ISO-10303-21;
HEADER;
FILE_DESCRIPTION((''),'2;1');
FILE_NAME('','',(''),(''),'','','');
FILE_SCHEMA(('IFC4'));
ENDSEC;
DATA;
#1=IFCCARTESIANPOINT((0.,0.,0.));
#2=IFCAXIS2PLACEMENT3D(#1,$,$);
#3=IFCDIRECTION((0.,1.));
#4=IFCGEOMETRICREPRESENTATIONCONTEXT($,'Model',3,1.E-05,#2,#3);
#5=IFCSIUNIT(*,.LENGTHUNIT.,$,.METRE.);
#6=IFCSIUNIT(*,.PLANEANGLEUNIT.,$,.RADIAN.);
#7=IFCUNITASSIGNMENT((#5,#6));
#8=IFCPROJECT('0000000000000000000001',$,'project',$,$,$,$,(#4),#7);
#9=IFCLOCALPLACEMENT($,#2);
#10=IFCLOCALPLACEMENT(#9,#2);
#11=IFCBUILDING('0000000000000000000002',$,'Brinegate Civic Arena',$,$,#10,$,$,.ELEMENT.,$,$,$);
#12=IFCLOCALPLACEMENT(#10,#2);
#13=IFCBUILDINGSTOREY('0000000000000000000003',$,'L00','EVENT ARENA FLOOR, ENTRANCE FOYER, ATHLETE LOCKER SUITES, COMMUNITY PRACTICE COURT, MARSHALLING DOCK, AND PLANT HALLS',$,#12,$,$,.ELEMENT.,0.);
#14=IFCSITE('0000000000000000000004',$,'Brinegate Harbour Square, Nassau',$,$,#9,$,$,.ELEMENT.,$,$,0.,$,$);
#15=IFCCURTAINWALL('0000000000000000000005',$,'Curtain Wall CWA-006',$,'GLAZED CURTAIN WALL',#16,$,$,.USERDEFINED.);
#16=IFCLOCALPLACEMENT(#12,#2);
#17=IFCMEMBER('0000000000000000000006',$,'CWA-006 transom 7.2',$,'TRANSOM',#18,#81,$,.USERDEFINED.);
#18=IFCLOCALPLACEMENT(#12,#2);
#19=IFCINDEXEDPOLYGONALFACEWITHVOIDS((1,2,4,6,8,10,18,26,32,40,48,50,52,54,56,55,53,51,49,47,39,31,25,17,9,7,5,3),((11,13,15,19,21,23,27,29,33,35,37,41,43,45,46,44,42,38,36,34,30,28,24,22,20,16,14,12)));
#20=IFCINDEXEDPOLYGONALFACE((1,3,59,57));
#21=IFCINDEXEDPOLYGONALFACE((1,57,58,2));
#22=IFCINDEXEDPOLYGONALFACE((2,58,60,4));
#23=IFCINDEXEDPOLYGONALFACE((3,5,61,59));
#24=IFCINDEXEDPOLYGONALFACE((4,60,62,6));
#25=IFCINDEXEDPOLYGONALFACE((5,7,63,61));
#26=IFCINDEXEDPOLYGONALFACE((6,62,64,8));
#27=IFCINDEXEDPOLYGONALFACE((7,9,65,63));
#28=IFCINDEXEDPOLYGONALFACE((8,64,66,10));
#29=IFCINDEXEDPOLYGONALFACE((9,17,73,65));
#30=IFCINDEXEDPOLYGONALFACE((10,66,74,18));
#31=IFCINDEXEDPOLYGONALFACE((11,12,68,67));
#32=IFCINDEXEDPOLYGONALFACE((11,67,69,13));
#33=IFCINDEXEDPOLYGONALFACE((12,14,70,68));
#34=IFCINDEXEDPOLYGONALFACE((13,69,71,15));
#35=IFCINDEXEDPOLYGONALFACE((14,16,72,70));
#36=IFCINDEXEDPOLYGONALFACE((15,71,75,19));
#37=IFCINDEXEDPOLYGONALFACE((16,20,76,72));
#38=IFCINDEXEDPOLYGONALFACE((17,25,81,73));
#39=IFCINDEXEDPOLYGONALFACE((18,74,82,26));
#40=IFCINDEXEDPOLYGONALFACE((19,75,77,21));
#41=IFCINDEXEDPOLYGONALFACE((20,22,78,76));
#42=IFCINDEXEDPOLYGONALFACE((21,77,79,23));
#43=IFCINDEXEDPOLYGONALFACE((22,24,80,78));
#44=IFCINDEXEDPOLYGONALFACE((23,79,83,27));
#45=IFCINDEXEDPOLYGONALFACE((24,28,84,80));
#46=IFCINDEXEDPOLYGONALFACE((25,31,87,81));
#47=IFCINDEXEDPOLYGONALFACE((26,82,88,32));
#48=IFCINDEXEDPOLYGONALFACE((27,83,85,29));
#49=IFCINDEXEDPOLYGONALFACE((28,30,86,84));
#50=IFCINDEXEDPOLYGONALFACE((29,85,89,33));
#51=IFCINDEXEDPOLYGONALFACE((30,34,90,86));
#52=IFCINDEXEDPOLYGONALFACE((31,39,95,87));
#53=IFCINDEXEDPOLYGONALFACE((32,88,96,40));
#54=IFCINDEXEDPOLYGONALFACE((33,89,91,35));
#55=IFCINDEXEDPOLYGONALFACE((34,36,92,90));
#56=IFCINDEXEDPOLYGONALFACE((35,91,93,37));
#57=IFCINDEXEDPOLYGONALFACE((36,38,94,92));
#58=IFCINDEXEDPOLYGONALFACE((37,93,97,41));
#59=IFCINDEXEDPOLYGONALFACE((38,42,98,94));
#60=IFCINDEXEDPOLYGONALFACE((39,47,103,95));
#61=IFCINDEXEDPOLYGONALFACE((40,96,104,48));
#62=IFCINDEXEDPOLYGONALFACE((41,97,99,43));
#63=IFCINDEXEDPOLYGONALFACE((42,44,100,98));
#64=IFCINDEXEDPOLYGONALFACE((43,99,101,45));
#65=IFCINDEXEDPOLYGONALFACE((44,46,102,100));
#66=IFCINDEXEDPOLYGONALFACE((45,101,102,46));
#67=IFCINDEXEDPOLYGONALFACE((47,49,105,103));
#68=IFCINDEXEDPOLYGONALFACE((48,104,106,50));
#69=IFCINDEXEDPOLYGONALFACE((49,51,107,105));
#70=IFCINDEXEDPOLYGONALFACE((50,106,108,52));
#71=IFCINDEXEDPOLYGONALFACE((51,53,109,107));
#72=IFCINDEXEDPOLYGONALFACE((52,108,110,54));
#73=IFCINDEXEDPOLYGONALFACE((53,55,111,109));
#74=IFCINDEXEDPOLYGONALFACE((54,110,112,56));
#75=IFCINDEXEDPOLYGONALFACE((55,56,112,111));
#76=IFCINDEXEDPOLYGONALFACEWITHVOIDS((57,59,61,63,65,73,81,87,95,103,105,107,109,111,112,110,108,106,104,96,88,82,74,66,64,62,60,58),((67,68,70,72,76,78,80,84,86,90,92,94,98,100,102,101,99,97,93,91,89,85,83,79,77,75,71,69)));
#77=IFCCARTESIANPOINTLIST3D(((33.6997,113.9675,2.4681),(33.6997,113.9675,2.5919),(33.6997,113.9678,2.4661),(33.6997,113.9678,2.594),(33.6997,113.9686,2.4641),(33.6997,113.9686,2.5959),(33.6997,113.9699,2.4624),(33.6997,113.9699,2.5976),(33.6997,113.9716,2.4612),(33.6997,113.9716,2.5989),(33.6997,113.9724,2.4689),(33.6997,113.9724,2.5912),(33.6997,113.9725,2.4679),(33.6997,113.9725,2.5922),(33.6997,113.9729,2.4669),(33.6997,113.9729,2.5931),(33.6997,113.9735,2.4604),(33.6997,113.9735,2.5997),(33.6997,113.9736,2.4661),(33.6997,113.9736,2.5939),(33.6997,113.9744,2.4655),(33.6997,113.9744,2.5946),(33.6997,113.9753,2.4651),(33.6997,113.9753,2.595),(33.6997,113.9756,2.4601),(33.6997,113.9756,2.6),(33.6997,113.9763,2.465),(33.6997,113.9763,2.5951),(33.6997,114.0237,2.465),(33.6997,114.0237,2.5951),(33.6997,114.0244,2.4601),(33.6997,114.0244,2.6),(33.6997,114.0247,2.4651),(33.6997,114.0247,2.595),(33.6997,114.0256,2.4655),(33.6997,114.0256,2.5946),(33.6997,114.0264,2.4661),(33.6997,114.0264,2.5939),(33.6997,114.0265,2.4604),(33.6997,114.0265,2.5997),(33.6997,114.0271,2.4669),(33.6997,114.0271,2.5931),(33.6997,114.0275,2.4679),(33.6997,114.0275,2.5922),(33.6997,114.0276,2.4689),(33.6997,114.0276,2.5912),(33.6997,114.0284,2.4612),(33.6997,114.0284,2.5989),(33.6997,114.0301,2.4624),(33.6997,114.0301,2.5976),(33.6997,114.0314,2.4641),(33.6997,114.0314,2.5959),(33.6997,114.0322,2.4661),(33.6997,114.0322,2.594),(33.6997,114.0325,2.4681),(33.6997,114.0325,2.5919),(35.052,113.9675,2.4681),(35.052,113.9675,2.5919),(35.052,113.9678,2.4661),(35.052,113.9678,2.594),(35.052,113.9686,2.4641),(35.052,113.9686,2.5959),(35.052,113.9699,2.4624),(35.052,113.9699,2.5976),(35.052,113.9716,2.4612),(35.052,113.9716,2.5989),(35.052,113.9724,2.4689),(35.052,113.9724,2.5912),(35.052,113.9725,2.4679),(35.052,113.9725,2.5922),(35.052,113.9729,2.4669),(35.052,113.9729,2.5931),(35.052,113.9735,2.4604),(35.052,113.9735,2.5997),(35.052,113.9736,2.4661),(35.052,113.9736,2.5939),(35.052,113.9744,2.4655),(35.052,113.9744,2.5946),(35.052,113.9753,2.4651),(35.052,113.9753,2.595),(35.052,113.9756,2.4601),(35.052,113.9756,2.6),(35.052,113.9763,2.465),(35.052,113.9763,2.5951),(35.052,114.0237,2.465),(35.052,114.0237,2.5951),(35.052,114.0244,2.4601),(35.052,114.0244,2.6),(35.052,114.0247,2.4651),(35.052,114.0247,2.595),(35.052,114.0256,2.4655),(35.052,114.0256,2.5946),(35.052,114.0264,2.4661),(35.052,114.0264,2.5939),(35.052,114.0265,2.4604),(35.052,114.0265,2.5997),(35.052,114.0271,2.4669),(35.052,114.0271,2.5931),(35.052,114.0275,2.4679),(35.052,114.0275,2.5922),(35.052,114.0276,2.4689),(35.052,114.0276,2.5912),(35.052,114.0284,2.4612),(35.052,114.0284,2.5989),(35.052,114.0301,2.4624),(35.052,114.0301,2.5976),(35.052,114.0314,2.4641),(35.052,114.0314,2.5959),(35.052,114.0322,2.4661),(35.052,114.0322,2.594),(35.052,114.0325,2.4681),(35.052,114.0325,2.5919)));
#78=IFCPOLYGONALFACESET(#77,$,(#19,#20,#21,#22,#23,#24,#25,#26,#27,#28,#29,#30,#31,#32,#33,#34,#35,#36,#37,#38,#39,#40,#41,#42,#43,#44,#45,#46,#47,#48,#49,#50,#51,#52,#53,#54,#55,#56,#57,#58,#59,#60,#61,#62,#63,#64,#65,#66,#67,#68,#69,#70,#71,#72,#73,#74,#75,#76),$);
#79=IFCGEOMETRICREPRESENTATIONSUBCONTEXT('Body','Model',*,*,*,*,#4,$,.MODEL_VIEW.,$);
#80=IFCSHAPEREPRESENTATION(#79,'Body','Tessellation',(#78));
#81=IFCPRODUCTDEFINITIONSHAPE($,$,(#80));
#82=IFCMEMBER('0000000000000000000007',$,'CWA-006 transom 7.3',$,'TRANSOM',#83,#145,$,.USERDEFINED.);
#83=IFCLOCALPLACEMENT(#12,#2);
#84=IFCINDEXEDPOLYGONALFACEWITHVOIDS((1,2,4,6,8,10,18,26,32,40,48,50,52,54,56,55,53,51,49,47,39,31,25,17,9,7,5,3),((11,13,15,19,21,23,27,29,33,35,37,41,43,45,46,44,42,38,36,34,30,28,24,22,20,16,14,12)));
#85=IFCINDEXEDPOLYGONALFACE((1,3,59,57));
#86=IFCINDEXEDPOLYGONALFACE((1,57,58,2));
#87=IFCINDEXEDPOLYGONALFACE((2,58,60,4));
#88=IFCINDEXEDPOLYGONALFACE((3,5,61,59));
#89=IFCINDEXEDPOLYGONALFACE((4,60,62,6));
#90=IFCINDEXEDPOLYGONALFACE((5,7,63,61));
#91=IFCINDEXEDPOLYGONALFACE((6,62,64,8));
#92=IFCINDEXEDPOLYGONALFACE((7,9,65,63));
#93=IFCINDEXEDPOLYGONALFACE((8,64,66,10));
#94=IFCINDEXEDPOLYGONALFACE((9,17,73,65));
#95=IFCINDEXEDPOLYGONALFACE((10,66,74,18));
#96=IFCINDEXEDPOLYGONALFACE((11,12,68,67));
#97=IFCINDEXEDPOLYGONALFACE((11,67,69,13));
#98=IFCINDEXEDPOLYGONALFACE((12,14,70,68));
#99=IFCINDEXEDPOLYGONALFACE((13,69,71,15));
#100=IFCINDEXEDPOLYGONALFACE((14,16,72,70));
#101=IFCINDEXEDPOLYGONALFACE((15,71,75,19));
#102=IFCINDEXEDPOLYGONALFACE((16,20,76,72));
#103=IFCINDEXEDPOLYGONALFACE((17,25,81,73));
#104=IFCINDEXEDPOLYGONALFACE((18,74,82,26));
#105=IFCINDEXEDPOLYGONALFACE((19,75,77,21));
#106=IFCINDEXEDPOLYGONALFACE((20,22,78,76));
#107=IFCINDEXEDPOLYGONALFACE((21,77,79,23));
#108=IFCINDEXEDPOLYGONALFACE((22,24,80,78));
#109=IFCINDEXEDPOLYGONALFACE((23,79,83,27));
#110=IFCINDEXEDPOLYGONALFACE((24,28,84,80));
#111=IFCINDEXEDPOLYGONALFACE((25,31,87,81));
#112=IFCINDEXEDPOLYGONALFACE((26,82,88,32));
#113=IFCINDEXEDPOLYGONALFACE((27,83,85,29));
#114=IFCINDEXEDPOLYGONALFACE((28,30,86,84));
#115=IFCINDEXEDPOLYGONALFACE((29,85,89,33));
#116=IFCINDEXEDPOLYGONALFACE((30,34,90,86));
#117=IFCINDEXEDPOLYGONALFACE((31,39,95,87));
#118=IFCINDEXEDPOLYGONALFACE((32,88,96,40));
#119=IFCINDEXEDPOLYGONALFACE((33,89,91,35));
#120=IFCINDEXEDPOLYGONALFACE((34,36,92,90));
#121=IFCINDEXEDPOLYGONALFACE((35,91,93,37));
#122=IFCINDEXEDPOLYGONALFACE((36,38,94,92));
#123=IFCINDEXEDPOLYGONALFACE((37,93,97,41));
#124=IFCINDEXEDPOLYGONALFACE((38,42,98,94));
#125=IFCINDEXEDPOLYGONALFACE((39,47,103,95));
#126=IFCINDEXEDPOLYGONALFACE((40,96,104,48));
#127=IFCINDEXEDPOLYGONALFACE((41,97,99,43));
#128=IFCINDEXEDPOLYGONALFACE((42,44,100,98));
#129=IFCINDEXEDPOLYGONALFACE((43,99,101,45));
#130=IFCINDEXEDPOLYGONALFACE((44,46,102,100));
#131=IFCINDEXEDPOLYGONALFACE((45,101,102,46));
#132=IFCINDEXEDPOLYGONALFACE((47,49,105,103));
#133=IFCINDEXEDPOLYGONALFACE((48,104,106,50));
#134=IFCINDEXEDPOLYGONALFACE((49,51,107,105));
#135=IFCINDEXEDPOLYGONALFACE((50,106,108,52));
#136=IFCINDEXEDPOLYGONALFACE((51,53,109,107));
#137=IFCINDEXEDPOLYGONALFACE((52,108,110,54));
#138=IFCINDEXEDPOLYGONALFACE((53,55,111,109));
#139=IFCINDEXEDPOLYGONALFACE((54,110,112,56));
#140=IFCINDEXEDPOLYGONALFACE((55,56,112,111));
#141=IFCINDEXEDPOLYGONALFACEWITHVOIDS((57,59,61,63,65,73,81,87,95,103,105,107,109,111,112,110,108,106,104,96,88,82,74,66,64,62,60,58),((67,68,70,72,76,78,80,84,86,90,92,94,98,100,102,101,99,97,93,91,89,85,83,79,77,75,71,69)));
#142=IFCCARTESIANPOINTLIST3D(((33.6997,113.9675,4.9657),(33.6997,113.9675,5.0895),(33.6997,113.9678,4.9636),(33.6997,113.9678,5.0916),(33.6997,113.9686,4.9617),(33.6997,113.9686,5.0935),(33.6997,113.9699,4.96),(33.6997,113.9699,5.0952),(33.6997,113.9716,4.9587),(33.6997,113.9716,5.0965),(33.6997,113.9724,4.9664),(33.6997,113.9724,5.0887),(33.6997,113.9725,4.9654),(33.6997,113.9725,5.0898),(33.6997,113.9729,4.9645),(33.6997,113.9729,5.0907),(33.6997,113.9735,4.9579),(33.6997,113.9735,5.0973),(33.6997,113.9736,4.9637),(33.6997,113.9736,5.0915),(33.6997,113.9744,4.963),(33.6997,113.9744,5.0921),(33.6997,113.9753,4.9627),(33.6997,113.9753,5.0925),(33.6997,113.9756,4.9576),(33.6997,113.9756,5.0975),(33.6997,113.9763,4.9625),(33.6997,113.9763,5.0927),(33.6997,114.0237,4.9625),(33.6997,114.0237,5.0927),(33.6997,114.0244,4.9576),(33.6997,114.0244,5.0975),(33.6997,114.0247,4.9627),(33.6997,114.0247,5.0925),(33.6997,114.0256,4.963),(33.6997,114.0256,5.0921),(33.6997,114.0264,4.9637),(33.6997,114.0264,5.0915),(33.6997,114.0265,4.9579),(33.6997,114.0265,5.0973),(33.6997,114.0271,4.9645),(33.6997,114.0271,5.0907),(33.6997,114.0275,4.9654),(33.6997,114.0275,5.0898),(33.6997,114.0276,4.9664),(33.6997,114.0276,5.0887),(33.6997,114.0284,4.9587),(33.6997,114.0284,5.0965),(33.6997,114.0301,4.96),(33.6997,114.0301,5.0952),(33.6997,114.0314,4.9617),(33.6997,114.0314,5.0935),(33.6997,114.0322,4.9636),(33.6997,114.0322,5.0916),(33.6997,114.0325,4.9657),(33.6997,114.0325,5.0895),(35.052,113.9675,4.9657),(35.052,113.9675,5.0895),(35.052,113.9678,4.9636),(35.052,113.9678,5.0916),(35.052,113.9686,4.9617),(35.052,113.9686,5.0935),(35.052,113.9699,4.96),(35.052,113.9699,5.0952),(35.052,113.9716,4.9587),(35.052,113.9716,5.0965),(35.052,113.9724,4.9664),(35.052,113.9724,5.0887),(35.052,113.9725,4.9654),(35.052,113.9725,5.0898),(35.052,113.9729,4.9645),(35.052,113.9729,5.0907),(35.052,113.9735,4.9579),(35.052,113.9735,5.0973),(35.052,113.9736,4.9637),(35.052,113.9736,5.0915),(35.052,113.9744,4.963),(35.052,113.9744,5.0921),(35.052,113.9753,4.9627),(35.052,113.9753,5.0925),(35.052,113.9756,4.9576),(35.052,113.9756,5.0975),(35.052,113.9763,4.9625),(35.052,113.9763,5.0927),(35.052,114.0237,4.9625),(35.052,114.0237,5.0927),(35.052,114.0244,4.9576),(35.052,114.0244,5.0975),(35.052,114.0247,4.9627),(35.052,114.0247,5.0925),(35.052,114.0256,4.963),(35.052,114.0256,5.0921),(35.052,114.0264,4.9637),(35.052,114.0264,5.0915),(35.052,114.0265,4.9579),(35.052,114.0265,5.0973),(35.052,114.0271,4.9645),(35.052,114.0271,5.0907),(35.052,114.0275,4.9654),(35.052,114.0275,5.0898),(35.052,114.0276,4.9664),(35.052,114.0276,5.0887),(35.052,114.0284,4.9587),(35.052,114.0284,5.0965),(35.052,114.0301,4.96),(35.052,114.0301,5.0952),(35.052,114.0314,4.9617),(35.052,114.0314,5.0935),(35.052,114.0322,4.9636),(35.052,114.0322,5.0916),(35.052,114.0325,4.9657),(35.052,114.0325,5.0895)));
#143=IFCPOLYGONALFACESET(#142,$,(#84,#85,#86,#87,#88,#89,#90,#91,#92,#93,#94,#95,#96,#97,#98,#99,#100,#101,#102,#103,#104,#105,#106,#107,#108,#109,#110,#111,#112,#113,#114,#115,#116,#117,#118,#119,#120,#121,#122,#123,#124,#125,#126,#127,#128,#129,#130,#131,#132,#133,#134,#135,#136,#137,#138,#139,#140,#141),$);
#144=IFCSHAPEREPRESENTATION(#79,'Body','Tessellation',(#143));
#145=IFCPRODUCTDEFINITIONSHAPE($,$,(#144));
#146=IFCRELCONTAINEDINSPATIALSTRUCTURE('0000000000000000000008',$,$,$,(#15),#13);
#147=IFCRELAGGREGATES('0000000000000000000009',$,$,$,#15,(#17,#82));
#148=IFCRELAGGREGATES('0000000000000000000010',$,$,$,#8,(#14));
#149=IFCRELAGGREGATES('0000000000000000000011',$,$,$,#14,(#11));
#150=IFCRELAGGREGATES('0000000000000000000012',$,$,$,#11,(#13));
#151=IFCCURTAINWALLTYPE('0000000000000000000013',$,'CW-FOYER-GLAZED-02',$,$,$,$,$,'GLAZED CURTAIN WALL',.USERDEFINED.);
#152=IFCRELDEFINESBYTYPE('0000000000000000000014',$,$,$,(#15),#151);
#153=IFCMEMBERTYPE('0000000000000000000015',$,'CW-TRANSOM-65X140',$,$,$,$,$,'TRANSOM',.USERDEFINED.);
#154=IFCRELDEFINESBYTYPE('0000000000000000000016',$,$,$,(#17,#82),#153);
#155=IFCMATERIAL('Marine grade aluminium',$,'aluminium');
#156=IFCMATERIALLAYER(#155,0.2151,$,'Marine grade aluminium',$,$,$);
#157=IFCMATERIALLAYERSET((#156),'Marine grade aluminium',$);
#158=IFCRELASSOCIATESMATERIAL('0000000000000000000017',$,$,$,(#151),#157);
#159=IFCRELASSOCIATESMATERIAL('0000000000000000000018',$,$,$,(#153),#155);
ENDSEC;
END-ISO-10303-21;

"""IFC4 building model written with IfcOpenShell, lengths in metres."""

from ifc_helpers import new_model, si_unit, direction, frame, origin, origin_2d, place, context, subcontext, project, spatial, hollow_rectangle, extrude, material, layer, layer_set, material_profile, profile_set, type_object, element, aggregate, save


model = new_model("IFC4")

# Units and contexts
model_context = context("Model", 3, precision=1e-05, world=origin(), true_north=direction((0.0, 1.0)))
body_context = subcontext(model_context, "Body", "Model", "MODEL_VIEW")
ifc_project = project(units=[si_unit("LENGTHUNIT", "METRE"), si_unit("PLANEANGLEUNIT", "RADIAN")], contexts=[model_context])

# Site, building, storey
site_placement = place(None, origin())
site = spatial("IfcSite", under=ifc_project, at=site_placement, Name="Brinegate Harbour Square, Nassau", CompositionType="ELEMENT", RefElevation=0.0)
building_placement = place(site_placement, origin())
building = spatial("IfcBuilding", under=site, at=building_placement, Name="Brinegate Civic Arena", CompositionType="ELEMENT")
storey_placement = place(building_placement, origin())
storey = spatial("IfcBuildingStorey", under=building, at=storey_placement, Name="L00", Description="EVENT ARENA FLOOR, ENTRANCE FOYER, ATHLETE LOCKER SUITES, COMMUNITY PRACTICE COURT, MARSHALLING DOCK, AND PLANT HALLS", CompositionType="ELEMENT", Elevation=0.0)

# Curtain wall
ifc_material_1 = material(Name="Marine grade aluminium", Category="aluminium")
ifc_layer_1 = layer(ifc_material_1, 0.2151, Name="Marine grade aluminium")
ifc_layer_set_1 = layer_set([ifc_layer_1], Name="Marine grade aluminium")
curtain_wall_type = type_object("IfcCurtainWallType", Name="CW-FOYER-GLAZED-02", ElementType="GLAZED CURTAIN WALL", PredefinedType="USERDEFINED", material=ifc_layer_set_1)
curtain_wall_1_placement = place(storey_placement, origin())
curtain_wall_1 = element("IfcCurtainWall", 1, at=curtain_wall_1_placement, inside=storey, type_object=curtain_wall_type, Name="Curtain Wall CWA-006", ObjectType="GLAZED CURTAIN WALL", PredefinedType="USERDEFINED")

# Members
ifc_material_profile_1 = material_profile(ifc_material_1, hollow_rectangle(XDim=0.0649, YDim=0.1399, WallThickness=0.0049, InnerFilletRadius=0.0039, OuterFilletRadius=0.0081, at=origin_2d()), Name="TRN65X140")
ifc_profile_set_1 = profile_set([ifc_material_profile_1], Name="Marine grade aluminium")
member_type_1 = type_object("IfcMemberType", Name="CW-TRANSOM-65X140", ElementType="TRANSOM", PredefinedType="USERDEFINED", material=ifc_profile_set_1)
member_1_placement = place(storey_placement, frame((33.6997, 114.0, 2.53), z_axis=(1.0, 0.0, 0.0), x_axis=(0.0, 1.0, 0.0)))
member_1 = element("IfcMember", 2, at=member_1_placement, type_object=member_type_1, Name="CWA-006 transom 7.2", ObjectType="TRANSOM", PredefinedType="USERDEFINED", context=body_context, shape_type="SweptSolid", body=[
    extrude(hollow_rectangle(XDim=0.0649, YDim=0.1399, WallThickness=0.0049, InnerFilletRadius=0.0039, OuterFilletRadius=0.0081, at=origin_2d()), origin(), (0.0, 0.0, 1.0), 1.3523),
])
member_2_placement = place(storey_placement, frame((33.6997, 114.0, 5.0276), z_axis=(1.0, 0.0, 0.0), x_axis=(0.0, 1.0, 0.0)))
member_2 = element("IfcMember", 3, at=member_2_placement, type_object=member_type_1, Name="CWA-006 transom 7.3", ObjectType="TRANSOM", PredefinedType="USERDEFINED", context=body_context, shape_type="SweptSolid", body=[
    extrude(hollow_rectangle(XDim=0.0649, YDim=0.1399, WallThickness=0.0049, InnerFilletRadius=0.0039, OuterFilletRadius=0.0081, at=origin_2d()), origin(), (0.0, 0.0, 1.0), 1.3523),
])

aggregate(curtain_wall_1, [member_1, member_2])

save(model, "model.ifc")
